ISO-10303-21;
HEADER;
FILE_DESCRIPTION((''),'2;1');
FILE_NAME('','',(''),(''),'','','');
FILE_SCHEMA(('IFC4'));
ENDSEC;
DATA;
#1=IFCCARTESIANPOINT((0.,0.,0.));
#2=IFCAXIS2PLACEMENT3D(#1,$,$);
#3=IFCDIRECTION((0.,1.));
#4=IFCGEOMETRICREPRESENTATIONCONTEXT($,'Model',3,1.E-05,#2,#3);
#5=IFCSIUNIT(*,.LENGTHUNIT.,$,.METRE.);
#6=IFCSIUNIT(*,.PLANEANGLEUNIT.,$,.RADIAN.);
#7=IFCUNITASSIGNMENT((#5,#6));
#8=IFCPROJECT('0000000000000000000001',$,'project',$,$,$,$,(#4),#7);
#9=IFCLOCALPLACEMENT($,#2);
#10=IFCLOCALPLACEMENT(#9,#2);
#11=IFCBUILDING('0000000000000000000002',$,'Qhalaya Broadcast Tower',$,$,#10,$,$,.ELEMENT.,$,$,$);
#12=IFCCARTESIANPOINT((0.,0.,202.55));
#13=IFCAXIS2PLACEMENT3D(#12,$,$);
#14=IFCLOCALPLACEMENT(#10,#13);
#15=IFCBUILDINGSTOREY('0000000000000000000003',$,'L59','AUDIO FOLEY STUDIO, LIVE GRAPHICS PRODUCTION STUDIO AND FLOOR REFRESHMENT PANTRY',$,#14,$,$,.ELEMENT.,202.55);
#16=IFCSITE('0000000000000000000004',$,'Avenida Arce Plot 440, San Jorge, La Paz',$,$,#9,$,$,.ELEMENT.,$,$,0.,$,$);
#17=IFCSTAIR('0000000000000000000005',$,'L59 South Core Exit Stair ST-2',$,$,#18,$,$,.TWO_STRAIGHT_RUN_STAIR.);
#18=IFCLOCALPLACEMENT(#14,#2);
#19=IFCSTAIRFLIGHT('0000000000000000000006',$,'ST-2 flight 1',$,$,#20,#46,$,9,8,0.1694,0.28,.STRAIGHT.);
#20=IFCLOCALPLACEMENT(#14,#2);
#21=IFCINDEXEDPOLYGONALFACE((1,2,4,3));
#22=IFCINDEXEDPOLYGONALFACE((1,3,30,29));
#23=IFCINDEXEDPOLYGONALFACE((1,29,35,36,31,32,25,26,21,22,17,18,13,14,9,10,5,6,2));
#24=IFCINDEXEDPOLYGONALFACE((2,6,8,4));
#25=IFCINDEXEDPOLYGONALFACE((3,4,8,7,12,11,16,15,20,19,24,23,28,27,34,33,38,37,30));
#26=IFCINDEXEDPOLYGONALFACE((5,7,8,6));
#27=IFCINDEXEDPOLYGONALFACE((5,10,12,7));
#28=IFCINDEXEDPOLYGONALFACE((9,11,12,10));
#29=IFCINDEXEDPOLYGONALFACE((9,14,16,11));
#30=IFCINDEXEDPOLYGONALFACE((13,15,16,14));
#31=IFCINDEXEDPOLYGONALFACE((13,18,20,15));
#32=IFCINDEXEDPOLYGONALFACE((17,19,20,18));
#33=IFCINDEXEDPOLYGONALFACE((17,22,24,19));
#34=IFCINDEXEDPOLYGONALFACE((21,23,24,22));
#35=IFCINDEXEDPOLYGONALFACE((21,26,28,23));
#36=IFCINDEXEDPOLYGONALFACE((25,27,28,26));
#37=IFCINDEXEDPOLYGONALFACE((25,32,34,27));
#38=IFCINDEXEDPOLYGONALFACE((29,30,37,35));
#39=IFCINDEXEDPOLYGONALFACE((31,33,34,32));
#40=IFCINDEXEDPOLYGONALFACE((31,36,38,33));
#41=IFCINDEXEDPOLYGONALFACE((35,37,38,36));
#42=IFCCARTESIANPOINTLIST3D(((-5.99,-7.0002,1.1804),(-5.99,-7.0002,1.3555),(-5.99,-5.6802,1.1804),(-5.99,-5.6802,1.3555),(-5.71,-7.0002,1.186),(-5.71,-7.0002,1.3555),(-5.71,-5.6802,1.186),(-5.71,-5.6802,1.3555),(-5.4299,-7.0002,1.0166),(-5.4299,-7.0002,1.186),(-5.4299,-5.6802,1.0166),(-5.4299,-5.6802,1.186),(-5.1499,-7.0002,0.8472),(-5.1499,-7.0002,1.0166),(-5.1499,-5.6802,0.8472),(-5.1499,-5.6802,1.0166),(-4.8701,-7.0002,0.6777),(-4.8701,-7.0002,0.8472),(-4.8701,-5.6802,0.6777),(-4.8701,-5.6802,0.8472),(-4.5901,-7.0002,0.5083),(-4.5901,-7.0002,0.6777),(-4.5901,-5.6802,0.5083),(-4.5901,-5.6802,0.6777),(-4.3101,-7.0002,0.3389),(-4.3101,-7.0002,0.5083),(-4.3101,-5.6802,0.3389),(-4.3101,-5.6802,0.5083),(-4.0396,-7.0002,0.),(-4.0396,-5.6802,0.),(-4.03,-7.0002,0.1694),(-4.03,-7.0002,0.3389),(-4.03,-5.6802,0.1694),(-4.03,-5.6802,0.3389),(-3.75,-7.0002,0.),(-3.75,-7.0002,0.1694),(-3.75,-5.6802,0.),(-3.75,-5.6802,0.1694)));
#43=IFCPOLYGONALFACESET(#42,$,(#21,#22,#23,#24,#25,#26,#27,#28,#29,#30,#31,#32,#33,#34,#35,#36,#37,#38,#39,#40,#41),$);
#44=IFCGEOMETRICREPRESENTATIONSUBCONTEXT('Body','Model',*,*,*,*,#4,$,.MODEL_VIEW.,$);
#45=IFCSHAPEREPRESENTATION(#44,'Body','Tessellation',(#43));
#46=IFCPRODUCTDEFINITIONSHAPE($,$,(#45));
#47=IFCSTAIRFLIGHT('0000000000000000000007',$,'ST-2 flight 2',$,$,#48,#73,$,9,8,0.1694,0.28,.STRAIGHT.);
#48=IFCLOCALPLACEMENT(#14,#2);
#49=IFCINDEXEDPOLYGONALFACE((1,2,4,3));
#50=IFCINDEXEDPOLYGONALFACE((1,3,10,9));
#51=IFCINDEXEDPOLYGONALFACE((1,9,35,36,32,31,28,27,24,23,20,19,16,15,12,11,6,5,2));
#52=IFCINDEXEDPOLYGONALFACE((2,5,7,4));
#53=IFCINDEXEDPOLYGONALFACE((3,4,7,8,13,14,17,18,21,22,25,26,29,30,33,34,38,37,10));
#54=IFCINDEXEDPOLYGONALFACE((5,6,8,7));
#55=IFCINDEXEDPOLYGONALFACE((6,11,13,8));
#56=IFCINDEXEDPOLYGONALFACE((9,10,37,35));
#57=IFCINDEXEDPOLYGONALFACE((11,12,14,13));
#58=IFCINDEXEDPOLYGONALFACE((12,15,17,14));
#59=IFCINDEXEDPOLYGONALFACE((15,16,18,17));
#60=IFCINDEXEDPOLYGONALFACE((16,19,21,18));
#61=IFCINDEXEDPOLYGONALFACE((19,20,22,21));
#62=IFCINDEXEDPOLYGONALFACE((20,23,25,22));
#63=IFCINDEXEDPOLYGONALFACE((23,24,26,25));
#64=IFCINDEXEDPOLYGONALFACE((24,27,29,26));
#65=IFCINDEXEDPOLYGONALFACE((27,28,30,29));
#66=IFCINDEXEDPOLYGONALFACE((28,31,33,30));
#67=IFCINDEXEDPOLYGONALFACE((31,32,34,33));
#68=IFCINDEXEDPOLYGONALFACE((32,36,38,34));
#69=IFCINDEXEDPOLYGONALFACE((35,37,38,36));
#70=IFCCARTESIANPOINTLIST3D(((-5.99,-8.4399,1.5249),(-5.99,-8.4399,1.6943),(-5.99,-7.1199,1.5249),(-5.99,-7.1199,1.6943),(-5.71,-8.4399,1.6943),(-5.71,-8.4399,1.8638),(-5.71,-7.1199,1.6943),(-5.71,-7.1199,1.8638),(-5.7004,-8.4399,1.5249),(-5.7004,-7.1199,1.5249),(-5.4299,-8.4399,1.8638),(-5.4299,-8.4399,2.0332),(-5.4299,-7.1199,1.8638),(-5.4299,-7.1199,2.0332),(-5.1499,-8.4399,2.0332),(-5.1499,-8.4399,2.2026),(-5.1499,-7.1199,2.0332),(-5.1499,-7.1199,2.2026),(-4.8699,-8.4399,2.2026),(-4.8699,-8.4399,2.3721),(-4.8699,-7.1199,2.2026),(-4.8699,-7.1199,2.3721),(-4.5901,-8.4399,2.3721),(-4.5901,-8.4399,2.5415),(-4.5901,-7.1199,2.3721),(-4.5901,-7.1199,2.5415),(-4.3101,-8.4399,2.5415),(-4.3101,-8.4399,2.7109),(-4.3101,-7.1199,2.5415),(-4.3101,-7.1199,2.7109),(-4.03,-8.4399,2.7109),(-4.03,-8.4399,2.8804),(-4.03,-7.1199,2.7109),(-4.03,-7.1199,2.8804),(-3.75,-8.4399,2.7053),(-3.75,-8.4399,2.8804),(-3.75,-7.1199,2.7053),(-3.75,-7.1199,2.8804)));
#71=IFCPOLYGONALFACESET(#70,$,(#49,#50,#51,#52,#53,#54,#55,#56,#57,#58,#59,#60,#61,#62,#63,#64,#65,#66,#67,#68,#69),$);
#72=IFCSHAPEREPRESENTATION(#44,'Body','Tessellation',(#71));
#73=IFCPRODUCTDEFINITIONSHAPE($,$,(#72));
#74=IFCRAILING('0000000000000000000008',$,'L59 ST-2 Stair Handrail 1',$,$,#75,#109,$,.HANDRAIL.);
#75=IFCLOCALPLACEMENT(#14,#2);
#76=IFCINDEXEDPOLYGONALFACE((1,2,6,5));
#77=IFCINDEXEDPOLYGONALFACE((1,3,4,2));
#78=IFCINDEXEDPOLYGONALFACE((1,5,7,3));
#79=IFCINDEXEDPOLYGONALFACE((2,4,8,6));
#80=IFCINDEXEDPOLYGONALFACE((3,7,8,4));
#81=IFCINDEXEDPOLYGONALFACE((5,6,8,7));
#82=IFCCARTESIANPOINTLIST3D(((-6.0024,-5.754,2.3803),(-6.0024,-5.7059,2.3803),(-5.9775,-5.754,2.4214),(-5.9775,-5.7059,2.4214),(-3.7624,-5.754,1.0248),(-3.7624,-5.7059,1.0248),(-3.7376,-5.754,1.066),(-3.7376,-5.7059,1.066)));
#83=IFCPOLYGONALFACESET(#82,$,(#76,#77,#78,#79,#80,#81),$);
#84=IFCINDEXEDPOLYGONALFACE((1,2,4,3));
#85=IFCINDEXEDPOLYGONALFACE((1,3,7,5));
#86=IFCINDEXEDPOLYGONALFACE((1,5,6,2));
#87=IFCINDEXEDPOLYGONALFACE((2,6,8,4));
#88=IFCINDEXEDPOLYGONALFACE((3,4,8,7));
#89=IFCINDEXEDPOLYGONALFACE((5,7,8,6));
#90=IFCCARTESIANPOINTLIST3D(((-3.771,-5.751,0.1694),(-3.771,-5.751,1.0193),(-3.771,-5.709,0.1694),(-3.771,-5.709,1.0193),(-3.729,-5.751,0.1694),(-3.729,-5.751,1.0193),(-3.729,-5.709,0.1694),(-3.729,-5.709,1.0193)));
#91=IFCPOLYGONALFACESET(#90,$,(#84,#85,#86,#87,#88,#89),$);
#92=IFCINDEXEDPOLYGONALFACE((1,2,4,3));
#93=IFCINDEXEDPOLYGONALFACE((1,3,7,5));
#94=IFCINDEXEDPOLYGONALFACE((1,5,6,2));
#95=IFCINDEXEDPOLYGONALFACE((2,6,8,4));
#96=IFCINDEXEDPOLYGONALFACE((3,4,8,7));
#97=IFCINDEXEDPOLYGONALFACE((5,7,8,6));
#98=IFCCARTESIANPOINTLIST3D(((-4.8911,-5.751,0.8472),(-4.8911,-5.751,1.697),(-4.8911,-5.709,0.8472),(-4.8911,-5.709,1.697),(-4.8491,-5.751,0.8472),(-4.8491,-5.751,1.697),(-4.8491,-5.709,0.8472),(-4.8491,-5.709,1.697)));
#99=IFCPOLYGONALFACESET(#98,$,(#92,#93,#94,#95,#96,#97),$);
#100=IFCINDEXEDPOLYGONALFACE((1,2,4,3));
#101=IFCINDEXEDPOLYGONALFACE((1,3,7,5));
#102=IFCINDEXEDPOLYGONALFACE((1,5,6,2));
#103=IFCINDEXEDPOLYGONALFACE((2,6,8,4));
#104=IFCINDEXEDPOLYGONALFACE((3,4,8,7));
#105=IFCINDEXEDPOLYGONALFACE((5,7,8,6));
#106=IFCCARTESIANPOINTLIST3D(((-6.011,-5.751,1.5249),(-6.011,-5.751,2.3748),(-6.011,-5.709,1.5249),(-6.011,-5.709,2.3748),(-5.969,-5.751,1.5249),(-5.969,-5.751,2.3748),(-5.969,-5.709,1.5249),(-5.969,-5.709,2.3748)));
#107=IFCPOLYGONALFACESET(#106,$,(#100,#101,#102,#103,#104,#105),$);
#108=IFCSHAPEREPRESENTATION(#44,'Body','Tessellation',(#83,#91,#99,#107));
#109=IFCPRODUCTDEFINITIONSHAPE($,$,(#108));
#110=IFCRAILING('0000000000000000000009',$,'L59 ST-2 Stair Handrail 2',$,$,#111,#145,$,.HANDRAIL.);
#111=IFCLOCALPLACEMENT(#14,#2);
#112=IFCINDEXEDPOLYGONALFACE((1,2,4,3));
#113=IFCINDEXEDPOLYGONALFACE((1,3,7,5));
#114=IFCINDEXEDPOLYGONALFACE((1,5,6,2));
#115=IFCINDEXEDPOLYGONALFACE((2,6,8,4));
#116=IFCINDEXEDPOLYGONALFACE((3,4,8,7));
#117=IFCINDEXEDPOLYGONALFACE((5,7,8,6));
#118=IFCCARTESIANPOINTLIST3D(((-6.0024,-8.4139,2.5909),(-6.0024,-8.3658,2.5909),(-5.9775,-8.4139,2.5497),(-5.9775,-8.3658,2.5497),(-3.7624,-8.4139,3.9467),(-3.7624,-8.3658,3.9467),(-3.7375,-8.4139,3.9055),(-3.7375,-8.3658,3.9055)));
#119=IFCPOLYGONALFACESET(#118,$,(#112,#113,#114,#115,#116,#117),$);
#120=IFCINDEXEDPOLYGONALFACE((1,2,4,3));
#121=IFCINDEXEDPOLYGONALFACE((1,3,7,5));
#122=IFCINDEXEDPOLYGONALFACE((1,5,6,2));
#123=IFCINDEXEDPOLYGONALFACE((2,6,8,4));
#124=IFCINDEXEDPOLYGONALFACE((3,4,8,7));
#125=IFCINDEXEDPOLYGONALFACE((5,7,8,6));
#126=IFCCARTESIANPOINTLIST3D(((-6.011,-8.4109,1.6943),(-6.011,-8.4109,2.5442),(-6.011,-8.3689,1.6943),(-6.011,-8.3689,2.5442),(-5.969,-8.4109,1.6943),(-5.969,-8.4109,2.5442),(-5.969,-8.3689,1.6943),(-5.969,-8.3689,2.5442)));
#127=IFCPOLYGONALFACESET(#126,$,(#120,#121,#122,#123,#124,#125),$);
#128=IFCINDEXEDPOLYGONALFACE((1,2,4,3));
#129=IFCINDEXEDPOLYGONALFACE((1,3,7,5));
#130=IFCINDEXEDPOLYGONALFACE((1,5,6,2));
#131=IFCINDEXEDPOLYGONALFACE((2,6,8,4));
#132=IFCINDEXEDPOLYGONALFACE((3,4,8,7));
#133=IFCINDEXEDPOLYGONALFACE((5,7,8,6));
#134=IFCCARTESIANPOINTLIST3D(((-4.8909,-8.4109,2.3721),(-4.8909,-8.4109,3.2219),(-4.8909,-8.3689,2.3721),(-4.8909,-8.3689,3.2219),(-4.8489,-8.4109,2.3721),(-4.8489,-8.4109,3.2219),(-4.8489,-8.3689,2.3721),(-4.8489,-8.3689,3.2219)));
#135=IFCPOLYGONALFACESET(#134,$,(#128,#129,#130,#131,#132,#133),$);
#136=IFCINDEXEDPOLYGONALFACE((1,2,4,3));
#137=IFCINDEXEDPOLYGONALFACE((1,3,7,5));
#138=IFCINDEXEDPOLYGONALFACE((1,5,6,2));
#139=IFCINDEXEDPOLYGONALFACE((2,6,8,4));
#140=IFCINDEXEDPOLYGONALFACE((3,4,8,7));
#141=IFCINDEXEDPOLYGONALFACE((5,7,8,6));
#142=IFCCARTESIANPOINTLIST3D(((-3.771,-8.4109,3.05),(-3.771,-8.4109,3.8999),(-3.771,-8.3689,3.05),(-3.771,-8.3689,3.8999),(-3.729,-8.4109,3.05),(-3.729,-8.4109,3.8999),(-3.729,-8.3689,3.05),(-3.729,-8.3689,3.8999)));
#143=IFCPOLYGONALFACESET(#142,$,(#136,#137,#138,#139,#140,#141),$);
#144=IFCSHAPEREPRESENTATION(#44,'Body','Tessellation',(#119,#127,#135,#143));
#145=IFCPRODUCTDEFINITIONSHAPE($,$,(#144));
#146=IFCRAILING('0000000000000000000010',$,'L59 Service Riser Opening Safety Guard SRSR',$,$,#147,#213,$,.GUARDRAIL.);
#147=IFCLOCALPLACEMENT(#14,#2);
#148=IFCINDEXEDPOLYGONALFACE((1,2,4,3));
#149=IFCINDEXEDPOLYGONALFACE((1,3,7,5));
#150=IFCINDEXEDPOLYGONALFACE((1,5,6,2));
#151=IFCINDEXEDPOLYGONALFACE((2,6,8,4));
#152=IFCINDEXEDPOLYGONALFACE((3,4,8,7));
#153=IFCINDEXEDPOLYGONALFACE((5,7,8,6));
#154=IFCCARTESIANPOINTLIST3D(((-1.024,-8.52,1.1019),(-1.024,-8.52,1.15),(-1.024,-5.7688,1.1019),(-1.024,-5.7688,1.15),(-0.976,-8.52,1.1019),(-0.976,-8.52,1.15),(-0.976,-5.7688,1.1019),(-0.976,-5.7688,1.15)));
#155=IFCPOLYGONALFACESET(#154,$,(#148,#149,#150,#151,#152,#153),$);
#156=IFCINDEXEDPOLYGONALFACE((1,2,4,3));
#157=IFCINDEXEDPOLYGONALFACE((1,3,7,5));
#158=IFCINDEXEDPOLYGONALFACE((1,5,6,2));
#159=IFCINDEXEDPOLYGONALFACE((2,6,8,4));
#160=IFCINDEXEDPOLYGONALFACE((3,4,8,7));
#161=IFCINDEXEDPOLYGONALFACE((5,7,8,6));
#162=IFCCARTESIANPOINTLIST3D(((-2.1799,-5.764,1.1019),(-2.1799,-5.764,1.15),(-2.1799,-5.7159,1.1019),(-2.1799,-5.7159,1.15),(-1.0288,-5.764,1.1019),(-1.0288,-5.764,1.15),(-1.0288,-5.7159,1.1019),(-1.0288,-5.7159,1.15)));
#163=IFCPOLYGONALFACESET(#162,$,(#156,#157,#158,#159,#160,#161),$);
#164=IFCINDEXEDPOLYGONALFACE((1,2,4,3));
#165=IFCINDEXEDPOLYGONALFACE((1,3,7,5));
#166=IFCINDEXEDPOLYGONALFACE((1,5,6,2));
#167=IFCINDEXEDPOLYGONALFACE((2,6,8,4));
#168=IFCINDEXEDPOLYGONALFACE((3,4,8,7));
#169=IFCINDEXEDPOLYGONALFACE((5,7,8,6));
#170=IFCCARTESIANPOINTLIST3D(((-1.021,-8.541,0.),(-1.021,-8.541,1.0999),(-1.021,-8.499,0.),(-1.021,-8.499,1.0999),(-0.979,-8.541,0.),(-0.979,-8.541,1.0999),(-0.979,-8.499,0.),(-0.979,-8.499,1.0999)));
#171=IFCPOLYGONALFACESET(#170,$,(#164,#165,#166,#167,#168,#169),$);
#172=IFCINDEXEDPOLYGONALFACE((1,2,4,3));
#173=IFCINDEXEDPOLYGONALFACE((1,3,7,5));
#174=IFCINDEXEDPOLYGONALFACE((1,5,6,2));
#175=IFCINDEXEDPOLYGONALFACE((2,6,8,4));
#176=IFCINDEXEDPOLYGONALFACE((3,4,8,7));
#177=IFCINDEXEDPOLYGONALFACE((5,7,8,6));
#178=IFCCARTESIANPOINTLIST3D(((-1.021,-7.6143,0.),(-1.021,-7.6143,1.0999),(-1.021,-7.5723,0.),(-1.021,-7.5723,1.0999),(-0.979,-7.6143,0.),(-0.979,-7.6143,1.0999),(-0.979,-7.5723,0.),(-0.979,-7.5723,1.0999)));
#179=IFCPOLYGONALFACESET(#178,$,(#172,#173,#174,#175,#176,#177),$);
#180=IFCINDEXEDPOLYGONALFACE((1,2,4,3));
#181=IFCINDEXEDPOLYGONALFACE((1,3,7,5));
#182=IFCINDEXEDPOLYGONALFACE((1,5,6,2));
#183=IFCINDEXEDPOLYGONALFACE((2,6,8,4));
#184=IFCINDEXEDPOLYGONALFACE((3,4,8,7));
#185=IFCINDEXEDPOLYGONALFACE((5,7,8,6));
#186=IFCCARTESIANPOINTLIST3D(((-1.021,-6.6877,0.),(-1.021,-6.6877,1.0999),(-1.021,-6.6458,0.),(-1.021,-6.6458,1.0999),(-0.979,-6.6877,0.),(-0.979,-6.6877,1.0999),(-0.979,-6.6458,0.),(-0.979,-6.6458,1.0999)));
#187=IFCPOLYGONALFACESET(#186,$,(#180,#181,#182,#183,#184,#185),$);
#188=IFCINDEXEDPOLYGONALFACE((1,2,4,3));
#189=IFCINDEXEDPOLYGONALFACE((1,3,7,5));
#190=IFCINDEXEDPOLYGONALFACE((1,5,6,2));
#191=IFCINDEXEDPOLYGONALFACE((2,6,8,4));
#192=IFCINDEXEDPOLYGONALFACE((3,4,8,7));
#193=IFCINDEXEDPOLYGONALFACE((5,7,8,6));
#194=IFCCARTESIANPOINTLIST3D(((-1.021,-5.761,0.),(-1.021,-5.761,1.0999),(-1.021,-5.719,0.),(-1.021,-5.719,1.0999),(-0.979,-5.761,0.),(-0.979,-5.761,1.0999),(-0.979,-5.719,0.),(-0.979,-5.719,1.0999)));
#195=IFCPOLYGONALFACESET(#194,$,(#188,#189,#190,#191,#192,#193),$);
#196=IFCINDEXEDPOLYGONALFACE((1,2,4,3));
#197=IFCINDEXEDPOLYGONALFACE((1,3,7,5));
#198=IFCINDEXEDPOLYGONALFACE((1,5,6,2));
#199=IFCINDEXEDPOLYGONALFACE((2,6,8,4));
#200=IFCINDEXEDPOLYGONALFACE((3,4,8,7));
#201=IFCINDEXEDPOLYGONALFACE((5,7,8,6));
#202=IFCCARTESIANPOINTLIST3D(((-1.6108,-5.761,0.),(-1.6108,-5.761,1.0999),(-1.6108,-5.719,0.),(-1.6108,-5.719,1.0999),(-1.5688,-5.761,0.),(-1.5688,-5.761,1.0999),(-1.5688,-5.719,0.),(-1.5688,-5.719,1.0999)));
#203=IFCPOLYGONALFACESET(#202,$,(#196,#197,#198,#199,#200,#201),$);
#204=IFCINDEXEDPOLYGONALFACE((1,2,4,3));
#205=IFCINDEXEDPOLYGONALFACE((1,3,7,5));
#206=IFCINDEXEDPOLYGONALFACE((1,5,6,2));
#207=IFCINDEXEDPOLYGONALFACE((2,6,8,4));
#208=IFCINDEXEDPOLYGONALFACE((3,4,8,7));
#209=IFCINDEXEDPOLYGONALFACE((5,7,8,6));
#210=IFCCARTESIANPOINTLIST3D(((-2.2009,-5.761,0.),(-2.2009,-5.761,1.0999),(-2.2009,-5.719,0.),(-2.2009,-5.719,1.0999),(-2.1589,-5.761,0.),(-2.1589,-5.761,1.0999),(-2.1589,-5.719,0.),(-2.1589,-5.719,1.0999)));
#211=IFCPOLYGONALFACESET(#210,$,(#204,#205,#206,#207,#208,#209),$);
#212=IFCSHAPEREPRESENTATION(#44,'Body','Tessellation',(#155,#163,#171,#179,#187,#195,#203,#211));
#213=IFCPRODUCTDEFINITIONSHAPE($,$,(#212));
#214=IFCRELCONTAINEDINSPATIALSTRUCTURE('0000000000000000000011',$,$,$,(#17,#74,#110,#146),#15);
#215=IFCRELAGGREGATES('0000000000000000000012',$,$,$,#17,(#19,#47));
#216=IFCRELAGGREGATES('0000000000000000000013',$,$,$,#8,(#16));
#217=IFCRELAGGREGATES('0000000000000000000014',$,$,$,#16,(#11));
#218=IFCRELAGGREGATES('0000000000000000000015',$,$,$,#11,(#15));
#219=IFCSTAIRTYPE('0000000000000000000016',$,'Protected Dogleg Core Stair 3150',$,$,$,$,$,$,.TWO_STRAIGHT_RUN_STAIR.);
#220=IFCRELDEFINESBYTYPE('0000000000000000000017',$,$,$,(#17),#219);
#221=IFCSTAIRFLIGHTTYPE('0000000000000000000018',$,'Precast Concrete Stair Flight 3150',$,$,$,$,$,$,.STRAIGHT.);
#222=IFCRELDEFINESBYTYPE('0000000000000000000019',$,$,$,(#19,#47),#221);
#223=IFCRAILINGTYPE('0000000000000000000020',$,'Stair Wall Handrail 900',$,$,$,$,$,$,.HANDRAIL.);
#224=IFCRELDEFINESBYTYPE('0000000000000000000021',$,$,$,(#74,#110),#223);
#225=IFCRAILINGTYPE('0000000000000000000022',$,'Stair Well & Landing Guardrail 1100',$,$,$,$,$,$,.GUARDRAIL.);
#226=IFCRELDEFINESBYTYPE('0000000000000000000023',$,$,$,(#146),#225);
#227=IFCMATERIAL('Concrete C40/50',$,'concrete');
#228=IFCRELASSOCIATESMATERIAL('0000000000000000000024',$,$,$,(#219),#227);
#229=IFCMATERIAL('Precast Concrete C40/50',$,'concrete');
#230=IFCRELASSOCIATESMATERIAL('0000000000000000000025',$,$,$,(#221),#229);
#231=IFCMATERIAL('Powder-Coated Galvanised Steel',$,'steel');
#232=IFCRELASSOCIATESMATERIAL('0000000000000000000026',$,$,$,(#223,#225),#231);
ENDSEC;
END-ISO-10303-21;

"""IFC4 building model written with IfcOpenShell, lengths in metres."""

from ifc_helpers import new_model, si_unit, direction, frame, origin, origin_2d, place, context, subcontext, project, spatial, polyline, rectangle, outline, extrude, material, type_object, element, aggregate, save


model = new_model("IFC4")

# Units and contexts
model_context = context("Model", 3, precision=1e-05, world=origin(), true_north=direction((0.0, 1.0)))
body_context = subcontext(model_context, "Body", "Model", "MODEL_VIEW")
ifc_project = project(units=[si_unit("LENGTHUNIT", "METRE"), si_unit("PLANEANGLEUNIT", "RADIAN")], contexts=[model_context])

# Site, building, storey
site_placement = place(None, origin())
site = spatial("IfcSite", under=ifc_project, at=site_placement, Name="Avenida Arce Plot 440, San Jorge, La Paz", CompositionType="ELEMENT", RefElevation=0.0)
building_placement = place(site_placement, origin())
building = spatial("IfcBuilding", under=site, at=building_placement, Name="Qhalaya Broadcast Tower", CompositionType="ELEMENT")
storey_placement = place(building_placement, frame((0.0, 0.0, 202.55)))
storey = spatial("IfcBuildingStorey", under=building, at=storey_placement, Name="L59", Description="AUDIO FOLEY STUDIO, LIVE GRAPHICS PRODUCTION STUDIO AND FLOOR REFRESHMENT PANTRY", CompositionType="ELEMENT", Elevation=202.55)

# Shared definitions
ifc_material_1 = material(Name="Precast Concrete C40/50", Category="concrete")

# Stair, stair flights
ifc_material_2 = material(Name="Concrete C40/50", Category="concrete")
stair_type = type_object("IfcStairType", Name="Protected Dogleg Core Stair 3150", PredefinedType="TWO_STRAIGHT_RUN_STAIR", material=ifc_material_2)
stair_placement = place(storey_placement, origin())
stair = element("IfcStair", 1, at=stair_placement, inside=storey, type_object=stair_type, Name="L59 South Core Exit Stair ST-2", PredefinedType="TWO_STRAIGHT_RUN_STAIR")
stair_flight_type = type_object("IfcStairFlightType", Name="Precast Concrete Stair Flight 3150", PredefinedType="STRAIGHT", material=ifc_material_1)
stair_flight_1_placement = place(storey_placement, frame((-3.75, -6.3401, 0.0), z_axis=(0.0, 0.0, 1.0), x_axis=(-1.0, 0.0, 0.0)))
stair_flight_1 = element("IfcStairFlight", 2, at=stair_flight_1_placement, type_object=stair_flight_type, Name="ST-2 flight 1", NumberOfRisers=9, NumberOfTreads=8, PredefinedType="STRAIGHT", RiserHeight=0.1694, TreadLength=0.28, context=body_context, shape_type="SweptSolid", body=[
    extrude(outline(polyline([(0.0, 0.0), (0.0, 0.1694), (0.28, 0.1694), (0.28, 0.3389), (0.5601, 0.3389), (0.5601, 0.5083), (0.8401, 0.5083), (0.8401, 0.6777), (1.1201, 0.6777), (1.1201, 0.8472), (1.3999, 0.8472), (1.3999, 1.0166), (1.6799, 1.0166), (1.6799, 1.186), (1.96, 1.186), (1.96, 1.3555), (2.24, 1.3555), (2.24, 1.5249), (2.24, 1.1804), (0.2896, 0.0), (0.0, 0.0)])), frame((0.0, 0.6602, 0.0), z_axis=(0.0, -1.0, 0.0), x_axis=(1.0, 0.0, 0.0)), (0.0, 0.0, 1.0), 1.3201),
])
stair_flight_2_placement = place(storey_placement, frame((-5.99, -7.78, 1.5249), z_axis=(0.0, 0.0, 1.0), x_axis=(1.0, 0.0, 0.0)))
stair_flight_2 = element("IfcStairFlight", 3, at=stair_flight_2_placement, type_object=stair_flight_type, Name="ST-2 flight 2", NumberOfRisers=9, NumberOfTreads=8, PredefinedType="STRAIGHT", RiserHeight=0.1694, TreadLength=0.28, context=body_context, shape_type="SweptSolid", body=[
    extrude(outline(polyline([(0.0, 0.0), (0.0, 0.1694), (0.28, 0.1694), (0.28, 0.3389), (0.5601, 0.3389), (0.5601, 0.5083), (0.8401, 0.5083), (0.8401, 0.6777), (1.1201, 0.6777), (1.1201, 0.8472), (1.3999, 0.8472), (1.3999, 1.0166), (1.6799, 1.0166), (1.6799, 1.186), (1.96, 1.186), (1.96, 1.3555), (2.24, 1.3555), (2.24, 1.5249), (2.24, 1.1804), (0.2896, 0.0), (0.0, 0.0)])), frame((0.0, 0.6602, 0.0), z_axis=(0.0, -1.0, 0.0), x_axis=(1.0, 0.0, 0.0)), (0.0, 0.0, 1.0), 1.3201),
])
aggregate(stair, [stair_flight_1, stair_flight_2])

# Railings
ifc_material_3 = material(Name="Powder-Coated Galvanised Steel", Category="steel")
railing_type_1 = type_object("IfcRailingType", Name="Stair Wall Handrail 900", PredefinedType="HANDRAIL", material=ifc_material_3)
railing_1_placement = place(storey_placement, frame((-3.75, -5.73, 0.1694)))
element("IfcRailing", 4, at=railing_1_placement, inside=storey, type_object=railing_type_1, Name="L59 ST-2 Stair Handrail 1", PredefinedType="HANDRAIL", context=body_context, shape_type="SweptSolid", body=[
    extrude(rectangle(XDim=0.0481, YDim=0.0481, at=origin_2d()), frame((0.0, 0.0, 0.876), z_axis=(-0.855553, 0.0, 0.517715), x_axis=(0.0, -1.0, 0.0)), (0.0, 0.0, 1.0), 2.6182),
    extrude(rectangle(XDim=0.042, YDim=0.042, at=origin_2d()), origin(), (0.0, 0.0, 1.0), 0.8499),
    extrude(rectangle(XDim=0.042, YDim=0.042, at=origin_2d()), frame((-1.1201, 0.0, 0.6777)), (0.0, 0.0, 1.0), 0.8499),
    extrude(rectangle(XDim=0.042, YDim=0.042, at=origin_2d()), frame((-2.24, 0.0, 1.3555)), (0.0, 0.0, 1.0), 0.8499),
])
railing_2_placement = place(storey_placement, frame((-5.99, -8.3899, 1.6943)))
element("IfcRailing", 5, at=railing_2_placement, inside=storey, type_object=railing_type_1, Name="L59 ST-2 Stair Handrail 2", PredefinedType="HANDRAIL", context=body_context, shape_type="SweptSolid", body=[
    extrude(rectangle(XDim=0.0481, YDim=0.0481, at=origin_2d()), frame((0.0, 0.0, 0.876), z_axis=(0.855512, 0.0, 0.517783), x_axis=(0.0, 1.0, 0.0)), (0.0, 0.0, 1.0), 2.6184),
    extrude(rectangle(XDim=0.042, YDim=0.042, at=origin_2d()), origin(), (0.0, 0.0, 1.0), 0.8499),
    extrude(rectangle(XDim=0.042, YDim=0.042, at=origin_2d()), frame((1.1201, 0.0, 0.6777)), (0.0, 0.0, 1.0), 0.8499),
    extrude(rectangle(XDim=0.042, YDim=0.042, at=origin_2d()), frame((2.24, 0.0, 1.3557)), (0.0, 0.0, 1.0), 0.8499),
])
railing_type_2 = type_object("IfcRailingType", Name="Stair Well & Landing Guardrail 1100", PredefinedType="GUARDRAIL", material=ifc_material_3)
railing_3_placement = place(storey_placement, frame((-1.0, -8.52, 0.0)))
element("IfcRailing", 6, at=railing_3_placement, inside=storey, type_object=railing_type_2, Name="L59 Service Riser Opening Safety Guard SRSR", PredefinedType="GUARDRAIL", context=body_context, shape_type="SweptSolid", body=[
    extrude(rectangle(XDim=0.0481, YDim=0.0481, at=origin_2d()), frame((0.0, 0.0, 1.126), z_axis=(0.0, 1.0, 0.0), x_axis=(-1.0, 0.0, 0.0)), (0.0, 0.0, 1.0), 2.7512),
    extrude(rectangle(XDim=0.0481, YDim=0.0481, at=origin_2d()), frame((-0.0288, 2.78, 1.126), z_axis=(-1.0, 0.0, 0.0), x_axis=(0.0, -1.0, 0.0)), (0.0, 0.0, 1.0), 1.1511),
    extrude(rectangle(XDim=0.042, YDim=0.042, at=origin_2d()), origin(), (0.0, 0.0, 1.0), 1.0999),
    extrude(rectangle(XDim=0.042, YDim=0.042, at=origin_2d()), frame((0.0, 0.9268, 0.0)), (0.0, 0.0, 1.0), 1.0999),
    extrude(rectangle(XDim=0.042, YDim=0.042, at=origin_2d()), frame((0.0, 1.8533, 0.0)), (0.0, 0.0, 1.0), 1.0999),
    extrude(rectangle(XDim=0.042, YDim=0.042, at=origin_2d()), frame((0.0, 2.78, 0.0)), (0.0, 0.0, 1.0), 1.0999),
    extrude(rectangle(XDim=0.042, YDim=0.042, at=origin_2d()), frame((-0.5898, 2.78, 0.0)), (0.0, 0.0, 1.0), 1.0999),
    extrude(rectangle(XDim=0.042, YDim=0.042, at=origin_2d()), frame((-1.1799, 2.78, 0.0)), (0.0, 0.0, 1.0), 1.0999),
])

save(model, "model.ifc")
